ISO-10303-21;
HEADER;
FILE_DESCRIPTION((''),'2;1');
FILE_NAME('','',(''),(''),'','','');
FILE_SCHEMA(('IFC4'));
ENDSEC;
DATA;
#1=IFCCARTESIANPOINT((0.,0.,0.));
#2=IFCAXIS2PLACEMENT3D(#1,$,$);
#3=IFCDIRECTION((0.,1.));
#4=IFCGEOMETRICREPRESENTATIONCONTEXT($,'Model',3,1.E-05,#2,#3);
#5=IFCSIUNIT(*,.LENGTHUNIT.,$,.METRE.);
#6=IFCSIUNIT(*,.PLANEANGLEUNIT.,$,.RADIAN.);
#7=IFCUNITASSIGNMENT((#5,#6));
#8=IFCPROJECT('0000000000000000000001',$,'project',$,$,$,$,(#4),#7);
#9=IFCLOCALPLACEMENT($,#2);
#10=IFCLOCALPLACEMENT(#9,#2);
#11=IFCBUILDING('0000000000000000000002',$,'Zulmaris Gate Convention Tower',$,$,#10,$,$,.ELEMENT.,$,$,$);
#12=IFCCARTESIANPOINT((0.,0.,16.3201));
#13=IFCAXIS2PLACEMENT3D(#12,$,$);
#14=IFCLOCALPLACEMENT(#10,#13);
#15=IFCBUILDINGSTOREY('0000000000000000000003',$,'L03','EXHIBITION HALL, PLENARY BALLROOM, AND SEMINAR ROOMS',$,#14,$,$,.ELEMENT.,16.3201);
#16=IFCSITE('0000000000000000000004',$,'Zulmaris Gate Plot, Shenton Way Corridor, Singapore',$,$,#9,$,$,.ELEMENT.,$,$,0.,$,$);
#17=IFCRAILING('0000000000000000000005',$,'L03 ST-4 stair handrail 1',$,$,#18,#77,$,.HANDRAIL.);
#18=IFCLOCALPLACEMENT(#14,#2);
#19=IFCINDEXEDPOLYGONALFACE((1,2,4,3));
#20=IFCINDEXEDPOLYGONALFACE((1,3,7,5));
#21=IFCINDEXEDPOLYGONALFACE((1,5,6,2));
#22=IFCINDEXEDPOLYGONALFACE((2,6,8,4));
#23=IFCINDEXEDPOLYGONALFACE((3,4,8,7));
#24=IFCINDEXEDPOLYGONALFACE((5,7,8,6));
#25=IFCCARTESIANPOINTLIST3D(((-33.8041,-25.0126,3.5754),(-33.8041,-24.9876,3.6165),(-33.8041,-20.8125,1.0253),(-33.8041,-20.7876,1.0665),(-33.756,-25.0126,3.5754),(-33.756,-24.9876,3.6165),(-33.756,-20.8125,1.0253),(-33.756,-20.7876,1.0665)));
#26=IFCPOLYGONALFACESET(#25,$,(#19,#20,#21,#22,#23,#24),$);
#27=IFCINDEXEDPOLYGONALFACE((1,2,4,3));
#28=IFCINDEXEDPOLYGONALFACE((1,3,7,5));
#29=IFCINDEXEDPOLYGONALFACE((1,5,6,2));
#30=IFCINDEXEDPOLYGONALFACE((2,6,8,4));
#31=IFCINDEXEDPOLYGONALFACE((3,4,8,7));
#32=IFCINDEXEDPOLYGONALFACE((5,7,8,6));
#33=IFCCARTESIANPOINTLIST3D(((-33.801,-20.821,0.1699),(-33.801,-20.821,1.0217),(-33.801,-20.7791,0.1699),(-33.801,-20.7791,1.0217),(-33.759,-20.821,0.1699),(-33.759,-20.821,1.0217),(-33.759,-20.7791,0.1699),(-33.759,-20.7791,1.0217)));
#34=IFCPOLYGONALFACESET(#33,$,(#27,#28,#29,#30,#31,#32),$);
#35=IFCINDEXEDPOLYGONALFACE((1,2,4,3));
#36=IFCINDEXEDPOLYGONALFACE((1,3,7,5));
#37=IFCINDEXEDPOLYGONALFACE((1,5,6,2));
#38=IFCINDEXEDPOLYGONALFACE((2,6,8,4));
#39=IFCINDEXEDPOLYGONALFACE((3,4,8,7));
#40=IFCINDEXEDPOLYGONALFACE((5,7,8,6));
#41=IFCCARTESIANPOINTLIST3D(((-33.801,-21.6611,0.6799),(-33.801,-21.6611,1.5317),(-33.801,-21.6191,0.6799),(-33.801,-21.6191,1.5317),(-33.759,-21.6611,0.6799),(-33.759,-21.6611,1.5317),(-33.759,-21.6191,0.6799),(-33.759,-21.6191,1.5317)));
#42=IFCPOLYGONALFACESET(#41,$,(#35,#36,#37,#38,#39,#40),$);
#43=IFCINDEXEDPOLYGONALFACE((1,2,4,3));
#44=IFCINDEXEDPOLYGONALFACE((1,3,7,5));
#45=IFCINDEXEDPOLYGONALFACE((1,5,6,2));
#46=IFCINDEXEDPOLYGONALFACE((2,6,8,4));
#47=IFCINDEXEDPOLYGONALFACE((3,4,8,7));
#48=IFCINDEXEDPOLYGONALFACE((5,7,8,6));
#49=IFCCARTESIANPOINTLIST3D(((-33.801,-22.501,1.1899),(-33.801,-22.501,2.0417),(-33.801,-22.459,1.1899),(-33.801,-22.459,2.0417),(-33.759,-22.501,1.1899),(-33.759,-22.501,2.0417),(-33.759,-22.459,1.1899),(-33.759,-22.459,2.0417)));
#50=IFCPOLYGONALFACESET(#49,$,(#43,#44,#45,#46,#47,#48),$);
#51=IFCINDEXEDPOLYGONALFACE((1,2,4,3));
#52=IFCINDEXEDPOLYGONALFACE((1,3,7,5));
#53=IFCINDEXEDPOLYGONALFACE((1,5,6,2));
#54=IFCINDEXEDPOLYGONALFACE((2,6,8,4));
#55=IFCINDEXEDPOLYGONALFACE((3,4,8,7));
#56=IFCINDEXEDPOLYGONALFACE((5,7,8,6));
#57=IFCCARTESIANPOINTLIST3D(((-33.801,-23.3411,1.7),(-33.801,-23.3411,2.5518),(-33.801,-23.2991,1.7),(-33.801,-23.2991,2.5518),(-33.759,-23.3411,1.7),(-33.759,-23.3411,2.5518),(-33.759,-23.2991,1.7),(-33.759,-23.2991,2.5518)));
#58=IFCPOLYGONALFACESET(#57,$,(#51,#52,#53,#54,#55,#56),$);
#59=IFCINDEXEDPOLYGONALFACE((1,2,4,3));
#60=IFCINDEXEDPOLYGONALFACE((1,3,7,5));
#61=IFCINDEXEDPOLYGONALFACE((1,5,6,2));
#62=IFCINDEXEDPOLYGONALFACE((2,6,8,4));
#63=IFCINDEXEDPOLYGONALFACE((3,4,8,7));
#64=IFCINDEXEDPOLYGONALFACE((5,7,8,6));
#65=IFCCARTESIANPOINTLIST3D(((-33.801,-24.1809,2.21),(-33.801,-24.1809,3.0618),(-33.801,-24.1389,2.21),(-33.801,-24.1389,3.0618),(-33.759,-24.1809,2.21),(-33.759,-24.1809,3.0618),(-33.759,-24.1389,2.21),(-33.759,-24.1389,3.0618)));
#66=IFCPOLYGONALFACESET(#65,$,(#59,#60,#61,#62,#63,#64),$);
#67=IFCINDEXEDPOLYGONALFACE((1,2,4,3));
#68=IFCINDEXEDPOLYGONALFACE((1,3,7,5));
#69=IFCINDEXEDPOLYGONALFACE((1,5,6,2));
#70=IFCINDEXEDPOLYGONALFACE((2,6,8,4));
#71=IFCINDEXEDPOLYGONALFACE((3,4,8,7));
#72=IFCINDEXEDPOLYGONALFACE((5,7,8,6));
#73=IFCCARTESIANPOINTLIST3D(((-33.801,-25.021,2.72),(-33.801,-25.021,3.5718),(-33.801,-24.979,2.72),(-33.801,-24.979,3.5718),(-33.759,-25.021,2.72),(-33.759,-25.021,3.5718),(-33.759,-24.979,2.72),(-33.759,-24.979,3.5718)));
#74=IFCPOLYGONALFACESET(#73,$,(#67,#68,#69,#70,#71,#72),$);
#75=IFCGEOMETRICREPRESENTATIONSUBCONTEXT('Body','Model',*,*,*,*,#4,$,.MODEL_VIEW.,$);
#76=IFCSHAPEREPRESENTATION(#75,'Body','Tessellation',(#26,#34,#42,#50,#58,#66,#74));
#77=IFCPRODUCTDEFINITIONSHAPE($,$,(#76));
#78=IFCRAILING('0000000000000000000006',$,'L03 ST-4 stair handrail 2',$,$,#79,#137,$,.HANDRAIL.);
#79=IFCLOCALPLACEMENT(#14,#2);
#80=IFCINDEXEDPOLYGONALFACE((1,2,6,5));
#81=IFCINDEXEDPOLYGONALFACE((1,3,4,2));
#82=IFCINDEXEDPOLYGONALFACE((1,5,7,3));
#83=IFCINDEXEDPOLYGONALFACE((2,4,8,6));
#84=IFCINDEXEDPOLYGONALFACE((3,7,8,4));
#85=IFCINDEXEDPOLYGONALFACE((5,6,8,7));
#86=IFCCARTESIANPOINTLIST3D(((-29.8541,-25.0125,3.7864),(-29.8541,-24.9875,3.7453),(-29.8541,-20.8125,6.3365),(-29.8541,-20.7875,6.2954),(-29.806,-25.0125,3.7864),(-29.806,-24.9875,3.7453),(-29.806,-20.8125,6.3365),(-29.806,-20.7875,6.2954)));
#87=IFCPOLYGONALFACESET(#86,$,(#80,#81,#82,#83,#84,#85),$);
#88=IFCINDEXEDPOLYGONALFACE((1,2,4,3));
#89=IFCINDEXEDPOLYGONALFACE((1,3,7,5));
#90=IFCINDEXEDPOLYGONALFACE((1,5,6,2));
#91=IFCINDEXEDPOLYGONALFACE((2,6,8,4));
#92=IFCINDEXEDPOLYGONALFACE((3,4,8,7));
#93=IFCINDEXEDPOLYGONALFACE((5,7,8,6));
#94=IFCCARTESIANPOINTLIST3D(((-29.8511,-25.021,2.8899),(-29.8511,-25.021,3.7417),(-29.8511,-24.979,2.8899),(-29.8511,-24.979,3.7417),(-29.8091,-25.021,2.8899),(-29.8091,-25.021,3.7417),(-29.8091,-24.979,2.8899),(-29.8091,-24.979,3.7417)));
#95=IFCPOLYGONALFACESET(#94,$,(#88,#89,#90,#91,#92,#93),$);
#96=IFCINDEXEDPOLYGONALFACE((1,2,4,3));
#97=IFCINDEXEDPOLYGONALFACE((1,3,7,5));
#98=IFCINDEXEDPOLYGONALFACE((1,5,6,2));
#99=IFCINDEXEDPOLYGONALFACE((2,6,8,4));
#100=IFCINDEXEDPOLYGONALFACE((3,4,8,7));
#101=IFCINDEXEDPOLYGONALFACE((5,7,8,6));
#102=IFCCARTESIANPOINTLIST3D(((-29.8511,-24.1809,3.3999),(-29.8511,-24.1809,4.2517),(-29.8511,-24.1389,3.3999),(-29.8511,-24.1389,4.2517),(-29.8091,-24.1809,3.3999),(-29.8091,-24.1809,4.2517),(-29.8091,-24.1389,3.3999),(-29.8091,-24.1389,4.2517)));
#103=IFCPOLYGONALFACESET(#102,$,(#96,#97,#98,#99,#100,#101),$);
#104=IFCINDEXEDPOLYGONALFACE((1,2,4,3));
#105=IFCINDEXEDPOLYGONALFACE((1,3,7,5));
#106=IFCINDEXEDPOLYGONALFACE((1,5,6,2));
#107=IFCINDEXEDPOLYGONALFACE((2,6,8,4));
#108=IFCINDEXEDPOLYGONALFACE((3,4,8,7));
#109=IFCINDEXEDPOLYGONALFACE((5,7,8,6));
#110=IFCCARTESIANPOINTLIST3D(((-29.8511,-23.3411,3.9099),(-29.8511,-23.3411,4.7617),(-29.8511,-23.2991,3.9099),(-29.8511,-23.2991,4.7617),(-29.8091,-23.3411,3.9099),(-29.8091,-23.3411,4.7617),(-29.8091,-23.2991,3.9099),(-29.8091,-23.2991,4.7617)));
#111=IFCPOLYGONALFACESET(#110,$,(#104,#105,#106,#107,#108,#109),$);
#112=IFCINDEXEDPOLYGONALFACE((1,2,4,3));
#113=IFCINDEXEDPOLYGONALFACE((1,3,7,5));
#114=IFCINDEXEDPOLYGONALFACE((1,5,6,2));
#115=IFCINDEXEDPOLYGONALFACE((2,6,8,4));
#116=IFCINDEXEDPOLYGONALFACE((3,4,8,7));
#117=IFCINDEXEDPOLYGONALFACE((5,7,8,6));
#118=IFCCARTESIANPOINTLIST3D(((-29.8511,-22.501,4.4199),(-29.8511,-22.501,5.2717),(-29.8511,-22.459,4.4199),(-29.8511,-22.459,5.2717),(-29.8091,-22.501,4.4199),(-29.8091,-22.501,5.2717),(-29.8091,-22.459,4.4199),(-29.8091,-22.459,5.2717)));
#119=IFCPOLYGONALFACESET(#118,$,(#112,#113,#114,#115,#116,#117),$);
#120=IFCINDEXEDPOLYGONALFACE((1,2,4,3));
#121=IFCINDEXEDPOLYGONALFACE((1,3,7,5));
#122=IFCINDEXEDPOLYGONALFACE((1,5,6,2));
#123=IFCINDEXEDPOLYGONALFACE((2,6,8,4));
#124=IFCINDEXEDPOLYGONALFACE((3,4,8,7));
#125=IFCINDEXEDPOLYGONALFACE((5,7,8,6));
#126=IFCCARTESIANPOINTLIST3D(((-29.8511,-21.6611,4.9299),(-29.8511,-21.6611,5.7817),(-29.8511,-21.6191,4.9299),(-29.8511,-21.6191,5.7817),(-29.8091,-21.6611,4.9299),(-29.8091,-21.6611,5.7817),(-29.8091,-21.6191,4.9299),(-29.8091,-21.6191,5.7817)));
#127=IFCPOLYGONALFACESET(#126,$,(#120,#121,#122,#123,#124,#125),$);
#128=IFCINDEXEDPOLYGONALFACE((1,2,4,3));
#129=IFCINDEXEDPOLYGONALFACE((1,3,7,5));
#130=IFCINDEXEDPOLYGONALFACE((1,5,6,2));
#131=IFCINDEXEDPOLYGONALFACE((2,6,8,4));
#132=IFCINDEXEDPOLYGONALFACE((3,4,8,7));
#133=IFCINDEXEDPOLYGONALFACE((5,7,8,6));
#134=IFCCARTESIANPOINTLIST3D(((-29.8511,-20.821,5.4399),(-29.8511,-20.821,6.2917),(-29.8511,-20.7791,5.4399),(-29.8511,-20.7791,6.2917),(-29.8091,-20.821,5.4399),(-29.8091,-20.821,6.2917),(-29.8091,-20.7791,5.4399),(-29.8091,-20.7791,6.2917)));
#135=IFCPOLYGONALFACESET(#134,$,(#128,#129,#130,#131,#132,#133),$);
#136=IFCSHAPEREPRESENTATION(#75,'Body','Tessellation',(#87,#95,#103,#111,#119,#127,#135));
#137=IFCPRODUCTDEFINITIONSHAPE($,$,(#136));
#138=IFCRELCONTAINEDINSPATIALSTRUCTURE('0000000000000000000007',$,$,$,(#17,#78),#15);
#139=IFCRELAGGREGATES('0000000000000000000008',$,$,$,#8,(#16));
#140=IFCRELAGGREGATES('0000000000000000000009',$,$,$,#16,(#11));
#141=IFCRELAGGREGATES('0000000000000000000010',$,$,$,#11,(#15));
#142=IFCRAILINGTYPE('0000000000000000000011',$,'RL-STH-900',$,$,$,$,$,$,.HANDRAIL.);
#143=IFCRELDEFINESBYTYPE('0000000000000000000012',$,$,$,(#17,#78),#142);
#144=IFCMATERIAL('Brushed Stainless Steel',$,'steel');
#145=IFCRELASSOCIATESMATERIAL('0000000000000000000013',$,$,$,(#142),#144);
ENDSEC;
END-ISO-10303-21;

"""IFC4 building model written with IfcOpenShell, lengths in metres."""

from ifc_helpers import new_model, si_unit, direction, frame, origin, origin_2d, place, context, subcontext, project, spatial, rectangle, extrude, material, type_object, element, save


model = new_model("IFC4")

# Units and contexts
model_context = context("Model", 3, precision=1e-05, world=origin(), true_north=direction((0.0, 1.0)))
body_context = subcontext(model_context, "Body", "Model", "MODEL_VIEW")
ifc_project = project(units=[si_unit("LENGTHUNIT", "METRE"), si_unit("PLANEANGLEUNIT", "RADIAN")], contexts=[model_context])

# Site, building, storey
site_placement = place(None, origin())
site = spatial("IfcSite", under=ifc_project, at=site_placement, Name="Zulmaris Gate Plot, Shenton Way Corridor, Singapore", CompositionType="ELEMENT", RefElevation=0.0)
building_placement = place(site_placement, origin())
building = spatial("IfcBuilding", under=site, at=building_placement, Name="Zulmaris Gate Convention Tower", CompositionType="ELEMENT")
storey_placement = place(building_placement, frame((0.0, 0.0, 16.3201)))
storey = spatial("IfcBuildingStorey", under=building, at=storey_placement, Name="L03", Description="EXHIBITION HALL, PLENARY BALLROOM, AND SEMINAR ROOMS", CompositionType="ELEMENT", Elevation=16.3201)

# Railings
ifc_material_1 = material(Name="Brushed Stainless Steel", Category="steel")
railing_type_1 = type_object("IfcRailingType", Name="RL-STH-900", PredefinedType="HANDRAIL", material=ifc_material_1)
railing_1_placement = place(storey_placement, frame((-33.78, -20.8, 0.1699)))
element("IfcRailing", 1, at=railing_1_placement, inside=storey, type_object=railing_type_1, Name="L03 ST-4 stair handrail 1", PredefinedType="HANDRAIL", context=body_context, shape_type="SweptSolid", body=[
    extrude(rectangle(XDim=0.0481, YDim=0.0481, at=origin_2d()), frame((0.0, 0.0, 0.876), z_axis=(0.0, -0.85478, 0.51899), x_axis=(1.0, 0.0, 0.0)), (0.0, 0.0, 1.0), 4.9136),
    extrude(rectangle(XDim=0.042, YDim=0.042, at=origin_2d()), origin(), (0.0, 0.0, 1.0), 0.8518),
    extrude(rectangle(XDim=0.042, YDim=0.042, at=origin_2d()), frame((0.0, -0.8401, 0.51)), (0.0, 0.0, 1.0), 0.8518),
    extrude(rectangle(XDim=0.042, YDim=0.042, at=origin_2d()), frame((0.0, -1.6799, 1.02)), (0.0, 0.0, 1.0), 0.8518),
    extrude(rectangle(XDim=0.042, YDim=0.042, at=origin_2d()), frame((0.0, -2.52, 1.53)), (0.0, 0.0, 1.0), 0.8518),
    extrude(rectangle(XDim=0.042, YDim=0.042, at=origin_2d()), frame((0.0, -3.3599, 2.04)), (0.0, 0.0, 1.0), 0.8518),
    extrude(rectangle(XDim=0.042, YDim=0.042, at=origin_2d()), frame((0.0, -4.2, 2.55)), (0.0, 0.0, 1.0), 0.8518),
])
railing_2_placement = place(storey_placement, frame((-29.8301, -25.0, 2.8899)))
element("IfcRailing", 2, at=railing_2_placement, inside=storey, type_object=railing_type_1, Name="L03 ST-4 stair handrail 2", PredefinedType="HANDRAIL", context=body_context, shape_type="SweptSolid", body=[
    extrude(rectangle(XDim=0.0481, YDim=0.0481, at=origin_2d()), frame((0.0, 0.0, 0.876), z_axis=(0.0, 0.85478, 0.51899), x_axis=(-1.0, 0.0, 0.0)), (0.0, 0.0, 1.0), 4.9136),
    extrude(rectangle(XDim=0.042, YDim=0.042, at=origin_2d()), origin(), (0.0, 0.0, 1.0), 0.8518),
    extrude(rectangle(XDim=0.042, YDim=0.042, at=origin_2d()), frame((0.0, 0.8401, 0.51)), (0.0, 0.0, 1.0), 0.8518),
    extrude(rectangle(XDim=0.042, YDim=0.042, at=origin_2d()), frame((0.0, 1.6799, 1.02)), (0.0, 0.0, 1.0), 0.8518),
    extrude(rectangle(XDim=0.042, YDim=0.042, at=origin_2d()), frame((0.0, 2.52, 1.53)), (0.0, 0.0, 1.0), 0.8518),
    extrude(rectangle(XDim=0.042, YDim=0.042, at=origin_2d()), frame((0.0, 3.3599, 2.04)), (0.0, 0.0, 1.0), 0.8518),
    extrude(rectangle(XDim=0.042, YDim=0.042, at=origin_2d()), frame((0.0, 4.2, 2.55)), (0.0, 0.0, 1.0), 0.8518),
])

save(model, "model.ifc")
